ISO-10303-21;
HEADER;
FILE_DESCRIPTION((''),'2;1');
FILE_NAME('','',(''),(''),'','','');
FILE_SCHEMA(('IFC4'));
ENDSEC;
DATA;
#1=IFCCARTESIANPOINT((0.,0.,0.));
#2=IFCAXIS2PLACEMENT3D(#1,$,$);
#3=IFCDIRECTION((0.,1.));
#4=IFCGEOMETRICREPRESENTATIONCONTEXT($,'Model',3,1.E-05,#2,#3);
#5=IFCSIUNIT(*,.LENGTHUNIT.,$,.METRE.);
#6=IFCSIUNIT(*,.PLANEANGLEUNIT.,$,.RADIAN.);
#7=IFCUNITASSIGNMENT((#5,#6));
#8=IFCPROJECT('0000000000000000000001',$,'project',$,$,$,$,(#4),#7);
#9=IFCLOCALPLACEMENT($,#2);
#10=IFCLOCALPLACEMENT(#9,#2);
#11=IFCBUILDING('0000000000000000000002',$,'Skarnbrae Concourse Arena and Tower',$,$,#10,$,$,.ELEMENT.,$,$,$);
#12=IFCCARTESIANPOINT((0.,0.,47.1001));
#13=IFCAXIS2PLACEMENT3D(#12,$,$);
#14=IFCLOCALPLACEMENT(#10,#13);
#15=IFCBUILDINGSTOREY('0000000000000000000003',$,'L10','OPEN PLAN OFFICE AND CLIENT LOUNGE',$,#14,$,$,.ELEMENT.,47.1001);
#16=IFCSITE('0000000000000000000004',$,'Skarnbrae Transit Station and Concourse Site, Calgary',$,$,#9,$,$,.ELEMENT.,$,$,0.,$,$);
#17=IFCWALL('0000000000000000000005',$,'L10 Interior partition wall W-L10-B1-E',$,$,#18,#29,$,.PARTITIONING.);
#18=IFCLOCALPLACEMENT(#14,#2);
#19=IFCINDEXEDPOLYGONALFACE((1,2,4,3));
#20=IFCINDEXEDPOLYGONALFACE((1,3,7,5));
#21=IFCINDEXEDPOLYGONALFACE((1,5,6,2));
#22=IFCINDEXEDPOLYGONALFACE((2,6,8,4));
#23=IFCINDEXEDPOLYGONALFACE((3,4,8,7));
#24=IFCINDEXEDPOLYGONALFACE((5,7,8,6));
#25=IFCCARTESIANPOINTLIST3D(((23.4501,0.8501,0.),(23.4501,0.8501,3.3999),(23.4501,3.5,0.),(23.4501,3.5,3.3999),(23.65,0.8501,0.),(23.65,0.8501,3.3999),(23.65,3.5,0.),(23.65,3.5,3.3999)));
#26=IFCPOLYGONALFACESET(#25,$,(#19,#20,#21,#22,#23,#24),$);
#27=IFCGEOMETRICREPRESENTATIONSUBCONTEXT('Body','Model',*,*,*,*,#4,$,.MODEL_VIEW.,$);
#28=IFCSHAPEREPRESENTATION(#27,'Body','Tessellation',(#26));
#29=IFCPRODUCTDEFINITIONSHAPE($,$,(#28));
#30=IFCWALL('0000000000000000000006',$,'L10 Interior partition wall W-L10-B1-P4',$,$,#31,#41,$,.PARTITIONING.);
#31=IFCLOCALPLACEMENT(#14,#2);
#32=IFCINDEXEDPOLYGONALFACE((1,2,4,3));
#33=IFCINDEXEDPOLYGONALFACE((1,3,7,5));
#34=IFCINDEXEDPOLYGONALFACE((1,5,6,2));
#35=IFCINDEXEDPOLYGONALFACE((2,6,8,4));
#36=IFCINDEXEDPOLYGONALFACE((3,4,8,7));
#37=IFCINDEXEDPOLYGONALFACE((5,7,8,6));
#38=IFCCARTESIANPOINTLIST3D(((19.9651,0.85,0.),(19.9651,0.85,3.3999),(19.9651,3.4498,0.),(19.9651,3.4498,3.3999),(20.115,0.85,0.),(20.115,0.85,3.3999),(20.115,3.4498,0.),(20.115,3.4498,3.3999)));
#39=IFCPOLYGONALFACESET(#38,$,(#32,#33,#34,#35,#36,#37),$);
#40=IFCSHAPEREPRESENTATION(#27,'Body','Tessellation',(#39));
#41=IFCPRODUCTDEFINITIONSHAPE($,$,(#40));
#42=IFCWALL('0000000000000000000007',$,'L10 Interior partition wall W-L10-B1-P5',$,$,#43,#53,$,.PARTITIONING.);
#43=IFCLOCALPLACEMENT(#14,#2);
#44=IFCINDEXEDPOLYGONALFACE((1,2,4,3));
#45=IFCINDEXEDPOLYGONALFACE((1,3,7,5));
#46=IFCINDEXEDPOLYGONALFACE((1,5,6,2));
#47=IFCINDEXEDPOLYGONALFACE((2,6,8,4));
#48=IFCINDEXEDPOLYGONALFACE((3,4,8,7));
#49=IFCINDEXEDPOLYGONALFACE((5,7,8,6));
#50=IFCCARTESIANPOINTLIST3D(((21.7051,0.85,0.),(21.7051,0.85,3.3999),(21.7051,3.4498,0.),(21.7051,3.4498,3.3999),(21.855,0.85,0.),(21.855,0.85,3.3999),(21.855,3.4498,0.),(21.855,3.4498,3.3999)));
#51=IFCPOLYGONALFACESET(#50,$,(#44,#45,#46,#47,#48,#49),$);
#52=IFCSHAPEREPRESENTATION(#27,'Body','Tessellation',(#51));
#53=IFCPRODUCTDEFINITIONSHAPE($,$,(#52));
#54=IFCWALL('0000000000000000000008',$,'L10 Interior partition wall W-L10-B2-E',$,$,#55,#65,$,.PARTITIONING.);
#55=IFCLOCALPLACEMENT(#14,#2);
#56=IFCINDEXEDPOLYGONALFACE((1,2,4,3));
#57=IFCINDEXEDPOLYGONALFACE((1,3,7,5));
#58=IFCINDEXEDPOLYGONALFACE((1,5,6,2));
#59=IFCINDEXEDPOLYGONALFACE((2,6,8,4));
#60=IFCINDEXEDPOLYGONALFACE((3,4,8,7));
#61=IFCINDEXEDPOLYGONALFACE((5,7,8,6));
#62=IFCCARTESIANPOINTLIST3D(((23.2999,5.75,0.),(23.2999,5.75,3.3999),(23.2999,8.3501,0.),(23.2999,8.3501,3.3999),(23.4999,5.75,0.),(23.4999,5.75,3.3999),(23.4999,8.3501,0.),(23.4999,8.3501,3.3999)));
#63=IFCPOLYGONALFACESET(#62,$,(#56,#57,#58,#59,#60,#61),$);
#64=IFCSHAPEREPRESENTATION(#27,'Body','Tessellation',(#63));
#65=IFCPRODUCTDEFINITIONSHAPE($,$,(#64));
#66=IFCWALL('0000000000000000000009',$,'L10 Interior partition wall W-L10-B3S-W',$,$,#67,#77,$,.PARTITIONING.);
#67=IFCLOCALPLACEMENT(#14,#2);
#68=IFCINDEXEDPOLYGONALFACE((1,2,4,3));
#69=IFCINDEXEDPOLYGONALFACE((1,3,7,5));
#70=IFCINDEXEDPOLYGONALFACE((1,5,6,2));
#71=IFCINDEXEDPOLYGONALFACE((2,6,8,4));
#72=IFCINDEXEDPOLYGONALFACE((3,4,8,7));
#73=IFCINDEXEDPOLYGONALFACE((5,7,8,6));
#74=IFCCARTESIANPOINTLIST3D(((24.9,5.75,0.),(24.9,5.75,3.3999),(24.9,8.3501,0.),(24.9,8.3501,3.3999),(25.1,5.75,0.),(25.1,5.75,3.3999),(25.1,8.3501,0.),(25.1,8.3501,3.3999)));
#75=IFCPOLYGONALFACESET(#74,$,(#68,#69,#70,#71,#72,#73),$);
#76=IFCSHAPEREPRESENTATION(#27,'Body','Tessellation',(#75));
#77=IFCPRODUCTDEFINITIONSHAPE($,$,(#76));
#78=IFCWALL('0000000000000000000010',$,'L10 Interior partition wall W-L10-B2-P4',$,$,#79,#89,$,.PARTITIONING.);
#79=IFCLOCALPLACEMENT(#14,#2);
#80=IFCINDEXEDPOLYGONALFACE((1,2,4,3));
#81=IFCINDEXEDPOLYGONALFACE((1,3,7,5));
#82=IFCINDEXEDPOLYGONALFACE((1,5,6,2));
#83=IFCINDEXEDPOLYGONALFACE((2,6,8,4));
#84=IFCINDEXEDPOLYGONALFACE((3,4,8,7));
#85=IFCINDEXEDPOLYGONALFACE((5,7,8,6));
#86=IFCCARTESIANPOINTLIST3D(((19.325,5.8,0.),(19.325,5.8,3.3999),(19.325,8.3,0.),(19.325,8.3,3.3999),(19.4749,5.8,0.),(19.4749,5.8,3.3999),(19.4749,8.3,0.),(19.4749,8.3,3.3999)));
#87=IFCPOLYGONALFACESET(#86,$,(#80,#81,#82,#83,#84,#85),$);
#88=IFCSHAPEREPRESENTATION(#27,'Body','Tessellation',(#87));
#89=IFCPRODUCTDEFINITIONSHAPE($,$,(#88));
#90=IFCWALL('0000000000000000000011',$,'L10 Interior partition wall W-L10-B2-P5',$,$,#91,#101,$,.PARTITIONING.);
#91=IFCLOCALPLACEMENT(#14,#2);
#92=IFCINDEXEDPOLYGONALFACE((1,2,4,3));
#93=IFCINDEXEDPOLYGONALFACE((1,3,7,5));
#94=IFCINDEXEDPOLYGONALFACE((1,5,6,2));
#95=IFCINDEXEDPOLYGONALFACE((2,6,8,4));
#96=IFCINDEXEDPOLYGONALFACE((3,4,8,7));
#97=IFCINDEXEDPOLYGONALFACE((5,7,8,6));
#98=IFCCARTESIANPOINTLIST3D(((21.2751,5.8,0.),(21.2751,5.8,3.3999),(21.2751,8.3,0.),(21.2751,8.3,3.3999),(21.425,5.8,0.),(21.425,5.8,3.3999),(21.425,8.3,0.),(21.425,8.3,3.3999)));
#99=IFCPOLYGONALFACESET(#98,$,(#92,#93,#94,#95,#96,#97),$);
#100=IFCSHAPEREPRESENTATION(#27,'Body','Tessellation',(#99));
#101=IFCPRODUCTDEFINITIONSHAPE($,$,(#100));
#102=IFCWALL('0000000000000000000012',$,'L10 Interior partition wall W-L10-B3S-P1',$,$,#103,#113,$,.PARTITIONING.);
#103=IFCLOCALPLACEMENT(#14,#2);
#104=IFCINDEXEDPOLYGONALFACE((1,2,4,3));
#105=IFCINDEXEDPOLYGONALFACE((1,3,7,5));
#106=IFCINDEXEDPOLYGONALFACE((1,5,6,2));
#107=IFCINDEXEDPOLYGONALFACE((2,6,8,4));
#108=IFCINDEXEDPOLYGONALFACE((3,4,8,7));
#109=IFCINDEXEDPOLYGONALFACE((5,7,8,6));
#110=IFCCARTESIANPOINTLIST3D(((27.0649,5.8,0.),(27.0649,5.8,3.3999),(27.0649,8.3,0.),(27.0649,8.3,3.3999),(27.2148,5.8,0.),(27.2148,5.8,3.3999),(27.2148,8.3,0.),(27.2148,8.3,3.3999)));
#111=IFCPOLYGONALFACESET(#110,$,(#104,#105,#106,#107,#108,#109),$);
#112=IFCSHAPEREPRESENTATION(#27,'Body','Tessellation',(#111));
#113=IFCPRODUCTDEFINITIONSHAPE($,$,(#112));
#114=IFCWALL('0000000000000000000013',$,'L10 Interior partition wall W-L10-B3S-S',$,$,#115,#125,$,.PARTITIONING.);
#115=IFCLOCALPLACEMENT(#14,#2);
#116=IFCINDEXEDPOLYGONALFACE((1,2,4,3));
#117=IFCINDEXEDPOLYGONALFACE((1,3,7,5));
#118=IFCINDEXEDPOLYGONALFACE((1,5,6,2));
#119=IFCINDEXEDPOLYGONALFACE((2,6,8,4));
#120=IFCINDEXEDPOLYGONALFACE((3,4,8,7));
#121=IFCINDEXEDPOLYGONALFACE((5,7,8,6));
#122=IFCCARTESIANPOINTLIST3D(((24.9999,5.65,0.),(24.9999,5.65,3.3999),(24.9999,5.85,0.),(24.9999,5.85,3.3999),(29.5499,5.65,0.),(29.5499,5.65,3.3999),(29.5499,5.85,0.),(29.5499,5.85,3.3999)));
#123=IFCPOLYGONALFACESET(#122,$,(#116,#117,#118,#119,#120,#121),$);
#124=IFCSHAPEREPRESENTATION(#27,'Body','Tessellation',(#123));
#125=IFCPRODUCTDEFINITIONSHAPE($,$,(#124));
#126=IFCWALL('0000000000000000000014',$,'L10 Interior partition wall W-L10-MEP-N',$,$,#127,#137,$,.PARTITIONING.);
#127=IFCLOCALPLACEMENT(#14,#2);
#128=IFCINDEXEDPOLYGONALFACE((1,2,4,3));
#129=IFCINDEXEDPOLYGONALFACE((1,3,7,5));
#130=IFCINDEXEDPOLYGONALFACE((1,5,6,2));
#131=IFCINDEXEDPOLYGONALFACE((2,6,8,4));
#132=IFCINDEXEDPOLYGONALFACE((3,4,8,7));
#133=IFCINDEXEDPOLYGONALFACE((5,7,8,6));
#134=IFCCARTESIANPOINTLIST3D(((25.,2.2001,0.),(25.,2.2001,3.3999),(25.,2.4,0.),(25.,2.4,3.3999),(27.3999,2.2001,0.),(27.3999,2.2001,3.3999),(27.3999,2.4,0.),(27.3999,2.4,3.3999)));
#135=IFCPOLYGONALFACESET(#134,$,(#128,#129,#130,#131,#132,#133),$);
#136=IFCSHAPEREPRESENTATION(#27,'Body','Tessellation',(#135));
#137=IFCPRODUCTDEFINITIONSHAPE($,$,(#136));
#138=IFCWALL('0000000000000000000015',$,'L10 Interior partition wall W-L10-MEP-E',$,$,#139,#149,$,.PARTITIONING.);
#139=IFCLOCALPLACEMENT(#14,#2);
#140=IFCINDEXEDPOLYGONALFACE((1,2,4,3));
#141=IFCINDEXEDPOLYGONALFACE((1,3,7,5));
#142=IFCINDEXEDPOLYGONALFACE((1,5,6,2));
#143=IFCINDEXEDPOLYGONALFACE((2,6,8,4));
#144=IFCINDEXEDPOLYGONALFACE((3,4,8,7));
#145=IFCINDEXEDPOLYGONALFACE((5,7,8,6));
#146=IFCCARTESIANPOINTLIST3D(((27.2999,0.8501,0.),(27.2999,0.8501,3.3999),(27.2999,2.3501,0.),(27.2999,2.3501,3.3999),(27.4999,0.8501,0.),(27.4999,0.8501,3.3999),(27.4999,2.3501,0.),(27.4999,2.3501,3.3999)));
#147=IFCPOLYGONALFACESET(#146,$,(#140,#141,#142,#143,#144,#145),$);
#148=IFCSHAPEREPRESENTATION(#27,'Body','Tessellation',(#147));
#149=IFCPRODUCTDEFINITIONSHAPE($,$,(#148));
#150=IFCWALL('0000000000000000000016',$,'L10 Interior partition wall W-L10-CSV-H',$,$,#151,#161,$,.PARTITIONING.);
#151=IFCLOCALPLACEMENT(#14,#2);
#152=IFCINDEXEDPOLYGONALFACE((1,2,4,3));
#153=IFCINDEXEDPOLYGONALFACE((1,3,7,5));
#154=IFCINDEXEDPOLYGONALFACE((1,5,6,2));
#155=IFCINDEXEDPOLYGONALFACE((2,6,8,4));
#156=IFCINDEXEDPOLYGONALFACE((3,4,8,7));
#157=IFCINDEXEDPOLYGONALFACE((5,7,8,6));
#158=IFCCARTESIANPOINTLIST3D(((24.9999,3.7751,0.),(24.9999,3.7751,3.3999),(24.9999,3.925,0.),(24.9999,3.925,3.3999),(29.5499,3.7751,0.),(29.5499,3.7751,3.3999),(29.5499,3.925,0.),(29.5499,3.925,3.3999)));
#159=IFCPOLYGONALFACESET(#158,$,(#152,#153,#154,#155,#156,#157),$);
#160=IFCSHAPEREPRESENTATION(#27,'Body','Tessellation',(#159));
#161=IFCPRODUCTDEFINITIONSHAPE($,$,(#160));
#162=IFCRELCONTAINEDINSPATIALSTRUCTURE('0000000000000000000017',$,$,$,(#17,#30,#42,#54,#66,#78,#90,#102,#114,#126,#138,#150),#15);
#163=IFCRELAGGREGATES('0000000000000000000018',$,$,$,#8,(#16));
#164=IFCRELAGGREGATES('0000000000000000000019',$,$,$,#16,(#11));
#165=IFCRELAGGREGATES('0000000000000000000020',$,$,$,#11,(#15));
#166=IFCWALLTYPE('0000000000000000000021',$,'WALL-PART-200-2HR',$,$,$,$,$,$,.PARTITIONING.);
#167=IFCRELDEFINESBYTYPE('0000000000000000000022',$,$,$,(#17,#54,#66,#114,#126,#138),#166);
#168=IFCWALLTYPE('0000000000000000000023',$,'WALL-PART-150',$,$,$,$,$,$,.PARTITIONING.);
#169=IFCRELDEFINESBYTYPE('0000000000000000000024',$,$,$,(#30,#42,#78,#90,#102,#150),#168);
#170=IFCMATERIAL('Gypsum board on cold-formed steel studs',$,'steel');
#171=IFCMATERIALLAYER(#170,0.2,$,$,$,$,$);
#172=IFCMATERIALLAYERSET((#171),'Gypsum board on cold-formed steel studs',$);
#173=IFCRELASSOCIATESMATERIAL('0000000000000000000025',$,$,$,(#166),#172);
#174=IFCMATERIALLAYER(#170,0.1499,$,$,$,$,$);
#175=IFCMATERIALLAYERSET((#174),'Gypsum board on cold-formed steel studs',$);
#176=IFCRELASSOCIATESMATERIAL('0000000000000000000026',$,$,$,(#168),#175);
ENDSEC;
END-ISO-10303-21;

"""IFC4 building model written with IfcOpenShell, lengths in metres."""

from ifc_helpers import new_model, si_unit, direction, frame, frame_2d, origin, place, context, subcontext, project, spatial, rectangle, extrude, source, transform, mapped, material, layer, layer_set, type_object, element, save


model = new_model("IFC4")

# Units and contexts
model_context = context("Model", 3, precision=1e-05, world=origin(), true_north=direction((0.0, 1.0)))
body_context = subcontext(model_context, "Body", "Model", "MODEL_VIEW")
ifc_project = project(units=[si_unit("LENGTHUNIT", "METRE"), si_unit("PLANEANGLEUNIT", "RADIAN")], contexts=[model_context])

# Site, building, storey
site_placement = place(None, origin())
site = spatial("IfcSite", under=ifc_project, at=site_placement, Name="Skarnbrae Transit Station and Concourse Site, Calgary", CompositionType="ELEMENT", RefElevation=0.0)
building_placement = place(site_placement, origin())
building = spatial("IfcBuilding", under=site, at=building_placement, Name="Skarnbrae Concourse Arena and Tower", CompositionType="ELEMENT")
storey_placement = place(building_placement, frame((0.0, 0.0, 47.1001)))
storey = spatial("IfcBuildingStorey", under=building, at=storey_placement, Name="L10", Description="OPEN PLAN OFFICE AND CLIENT LOUNGE", CompositionType="ELEMENT", Elevation=47.1001)

# Walls
ifc_material_1 = material(Name="Gypsum board on cold-formed steel studs", Category="steel")
ifc_layer_1 = layer(ifc_material_1, 0.2)
ifc_layer_set_1 = layer_set([ifc_layer_1], Name="Gypsum board on cold-formed steel studs")
wall_type_1 = type_object("IfcWallType", Name="WALL-PART-200-2HR", PredefinedType="PARTITIONING", material=ifc_layer_set_1)
shared_shape_1 = source(origin(), body_context, "Body", "SweptSolid", [
    extrude(rectangle(XDim=2.6499, YDim=0.2, at=frame_2d((1.325, 0.0))), origin(), (0.0, 0.0, 1.0), 3.3999),
])
wall_1_placement = place(storey_placement, frame((23.55, 0.8501, 0.0), z_axis=(0.0, 0.0, 1.0), x_axis=(0.0, 1.0, 0.0)))
element("IfcWall", 1, at=wall_1_placement, inside=storey, type_object=wall_type_1, Name="L10 Interior partition wall W-L10-B1-E", PredefinedType="PARTITIONING", context=body_context, shape_type="MappedRepresentation", body=[
    mapped(shared_shape_1, transform((0.0, 0.0, 0.0))),
])
ifc_layer_2 = layer(ifc_material_1, 0.1499)
ifc_layer_set_2 = layer_set([ifc_layer_2], Name="Gypsum board on cold-formed steel studs")
wall_type_2 = type_object("IfcWallType", Name="WALL-PART-150", PredefinedType="PARTITIONING", material=ifc_layer_set_2)
shared_shape_2 = source(origin(), body_context, "Body", "SweptSolid", [
    extrude(rectangle(XDim=2.5999, YDim=0.1499, at=frame_2d((1.2998, 0.0))), origin(), (0.0, 0.0, 1.0), 3.3999),
])
for number, where, z_axis, x_axis, name in (
    (2, (20.04, 0.8501, 0.0), (0.0, 0.0, 1.0), (0.0, 1.0, 0.0), "L10 Interior partition wall W-L10-B1-P4"),
    (3, (21.78, 0.8501, 0.0), (0.0, 0.0, 1.0), (0.0, 1.0, 0.0), "L10 Interior partition wall W-L10-B1-P5"),
):
    element("IfcWall", number, at=place(storey_placement, frame(where, z_axis=z_axis, x_axis=x_axis)), inside=storey, type_object=wall_type_2, Name=name, PredefinedType="PARTITIONING", context=body_context, shape_type="MappedRepresentation", body=[
        mapped(shared_shape_2, transform((0.0, 0.0, 0.0))),
    ])
shared_shape_3 = source(origin(), body_context, "Body", "SweptSolid", [
    extrude(rectangle(XDim=2.6001, YDim=0.2, at=frame_2d((1.3, 0.0))), origin(), (0.0, 0.0, 1.0), 3.3999),
])
for number, where, z_axis, x_axis, name in (
    (4, (23.3999, 5.75, 0.0), (0.0, 0.0, 1.0), (0.0, 1.0, 0.0), "L10 Interior partition wall W-L10-B2-E"),
    (5, (25.0, 5.75, 0.0), (0.0, 0.0, 1.0), (0.0, 1.0, 0.0), "L10 Interior partition wall W-L10-B3S-W"),
):
    element("IfcWall", number, at=place(storey_placement, frame(where, z_axis=z_axis, x_axis=x_axis)), inside=storey, type_object=wall_type_1, Name=name, PredefinedType="PARTITIONING", context=body_context, shape_type="MappedRepresentation", body=[
        mapped(shared_shape_3, transform((0.0, 0.0, 0.0))),
    ])
shared_shape_4 = source(origin(), body_context, "Body", "SweptSolid", [
    extrude(rectangle(XDim=2.5, YDim=0.1499, at=frame_2d((1.25, 0.0))), origin(), (0.0, 0.0, 1.0), 3.3999),
])
for number, where, z_axis, x_axis, name in (
    (6, (19.3999, 5.8, 0.0), (0.0, 0.0, 1.0), (0.0, 1.0, 0.0), "L10 Interior partition wall W-L10-B2-P4"),
    (7, (21.3501, 5.8, 0.0), (0.0, 0.0, 1.0), (0.0, 1.0, 0.0), "L10 Interior partition wall W-L10-B2-P5"),
    (8, (27.1399, 5.8, 0.0), (0.0, 0.0, 1.0), (0.0, 1.0, 0.0), "L10 Interior partition wall W-L10-B3S-P1"),
):
    element("IfcWall", number, at=place(storey_placement, frame(where, z_axis=z_axis, x_axis=x_axis)), inside=storey, type_object=wall_type_2, Name=name, PredefinedType="PARTITIONING", context=body_context, shape_type="MappedRepresentation", body=[
        mapped(shared_shape_4, transform((0.0, 0.0, 0.0))),
    ])
shared_shape_5 = source(origin(), body_context, "Body", "SweptSolid", [
    extrude(rectangle(XDim=4.55, YDim=0.2, at=frame_2d((2.2749, 0.0))), origin(), (0.0, 0.0, 1.0), 3.3999),
])
wall_2_placement = place(storey_placement, frame((25.0, 5.75, 0.0), z_axis=(0.0, 0.0, 1.0), x_axis=(1.0, 0.0, 0.0)))
element("IfcWall", 9, at=wall_2_placement, inside=storey, type_object=wall_type_1, Name="L10 Interior partition wall W-L10-B3S-S", PredefinedType="PARTITIONING", context=body_context, shape_type="MappedRepresentation", body=[
    mapped(shared_shape_5, transform((0.0, 0.0, 0.0))),
])

# Walls
shared_shape_6 = source(origin(), body_context, "Body", "SweptSolid", [
    extrude(rectangle(XDim=2.3999, YDim=0.2, at=frame_2d((1.2, 0.0))), origin(), (0.0, 0.0, 1.0), 3.3999),
])
wall_3_placement = place(storey_placement, frame((25.0, 2.3, 0.0), z_axis=(0.0, 0.0, 1.0), x_axis=(1.0, 0.0, 0.0)))
element("IfcWall", 10, at=wall_3_placement, inside=storey, type_object=wall_type_1, Name="L10 Interior partition wall W-L10-MEP-N", PredefinedType="PARTITIONING", context=body_context, shape_type="MappedRepresentation", body=[
    mapped(shared_shape_6, transform((0.0, 0.0, 0.0))),
])
shared_shape_7 = source(origin(), body_context, "Body", "SweptSolid", [
    extrude(rectangle(XDim=1.5, YDim=0.2, at=frame_2d((0.75, 0.0))), origin(), (0.0, 0.0, 1.0), 3.3999),
])
wall_4_placement = place(storey_placement, frame((27.3999, 0.8501, 0.0), z_axis=(0.0, 0.0, 1.0), x_axis=(0.0, 1.0, 0.0)))
element("IfcWall", 11, at=wall_4_placement, inside=storey, type_object=wall_type_1, Name="L10 Interior partition wall W-L10-MEP-E", PredefinedType="PARTITIONING", context=body_context, shape_type="MappedRepresentation", body=[
    mapped(shared_shape_7, transform((0.0, 0.0, 0.0))),
])
shared_shape_8 = source(origin(), body_context, "Body", "SweptSolid", [
    extrude(rectangle(XDim=4.55, YDim=0.1499, at=frame_2d((2.2749, 0.0))), origin(), (0.0, 0.0, 1.0), 3.3999),
])
wall_5_placement = place(storey_placement, frame((25.0, 3.8501, 0.0), z_axis=(0.0, 0.0, 1.0), x_axis=(1.0, 0.0, 0.0)))
element("IfcWall", 12, at=wall_5_placement, inside=storey, type_object=wall_type_2, Name="L10 Interior partition wall W-L10-CSV-H", PredefinedType="PARTITIONING", context=body_context, shape_type="MappedRepresentation", body=[
    mapped(shared_shape_8, transform((0.0, 0.0, 0.0))),
])

save(model, "model.ifc")
